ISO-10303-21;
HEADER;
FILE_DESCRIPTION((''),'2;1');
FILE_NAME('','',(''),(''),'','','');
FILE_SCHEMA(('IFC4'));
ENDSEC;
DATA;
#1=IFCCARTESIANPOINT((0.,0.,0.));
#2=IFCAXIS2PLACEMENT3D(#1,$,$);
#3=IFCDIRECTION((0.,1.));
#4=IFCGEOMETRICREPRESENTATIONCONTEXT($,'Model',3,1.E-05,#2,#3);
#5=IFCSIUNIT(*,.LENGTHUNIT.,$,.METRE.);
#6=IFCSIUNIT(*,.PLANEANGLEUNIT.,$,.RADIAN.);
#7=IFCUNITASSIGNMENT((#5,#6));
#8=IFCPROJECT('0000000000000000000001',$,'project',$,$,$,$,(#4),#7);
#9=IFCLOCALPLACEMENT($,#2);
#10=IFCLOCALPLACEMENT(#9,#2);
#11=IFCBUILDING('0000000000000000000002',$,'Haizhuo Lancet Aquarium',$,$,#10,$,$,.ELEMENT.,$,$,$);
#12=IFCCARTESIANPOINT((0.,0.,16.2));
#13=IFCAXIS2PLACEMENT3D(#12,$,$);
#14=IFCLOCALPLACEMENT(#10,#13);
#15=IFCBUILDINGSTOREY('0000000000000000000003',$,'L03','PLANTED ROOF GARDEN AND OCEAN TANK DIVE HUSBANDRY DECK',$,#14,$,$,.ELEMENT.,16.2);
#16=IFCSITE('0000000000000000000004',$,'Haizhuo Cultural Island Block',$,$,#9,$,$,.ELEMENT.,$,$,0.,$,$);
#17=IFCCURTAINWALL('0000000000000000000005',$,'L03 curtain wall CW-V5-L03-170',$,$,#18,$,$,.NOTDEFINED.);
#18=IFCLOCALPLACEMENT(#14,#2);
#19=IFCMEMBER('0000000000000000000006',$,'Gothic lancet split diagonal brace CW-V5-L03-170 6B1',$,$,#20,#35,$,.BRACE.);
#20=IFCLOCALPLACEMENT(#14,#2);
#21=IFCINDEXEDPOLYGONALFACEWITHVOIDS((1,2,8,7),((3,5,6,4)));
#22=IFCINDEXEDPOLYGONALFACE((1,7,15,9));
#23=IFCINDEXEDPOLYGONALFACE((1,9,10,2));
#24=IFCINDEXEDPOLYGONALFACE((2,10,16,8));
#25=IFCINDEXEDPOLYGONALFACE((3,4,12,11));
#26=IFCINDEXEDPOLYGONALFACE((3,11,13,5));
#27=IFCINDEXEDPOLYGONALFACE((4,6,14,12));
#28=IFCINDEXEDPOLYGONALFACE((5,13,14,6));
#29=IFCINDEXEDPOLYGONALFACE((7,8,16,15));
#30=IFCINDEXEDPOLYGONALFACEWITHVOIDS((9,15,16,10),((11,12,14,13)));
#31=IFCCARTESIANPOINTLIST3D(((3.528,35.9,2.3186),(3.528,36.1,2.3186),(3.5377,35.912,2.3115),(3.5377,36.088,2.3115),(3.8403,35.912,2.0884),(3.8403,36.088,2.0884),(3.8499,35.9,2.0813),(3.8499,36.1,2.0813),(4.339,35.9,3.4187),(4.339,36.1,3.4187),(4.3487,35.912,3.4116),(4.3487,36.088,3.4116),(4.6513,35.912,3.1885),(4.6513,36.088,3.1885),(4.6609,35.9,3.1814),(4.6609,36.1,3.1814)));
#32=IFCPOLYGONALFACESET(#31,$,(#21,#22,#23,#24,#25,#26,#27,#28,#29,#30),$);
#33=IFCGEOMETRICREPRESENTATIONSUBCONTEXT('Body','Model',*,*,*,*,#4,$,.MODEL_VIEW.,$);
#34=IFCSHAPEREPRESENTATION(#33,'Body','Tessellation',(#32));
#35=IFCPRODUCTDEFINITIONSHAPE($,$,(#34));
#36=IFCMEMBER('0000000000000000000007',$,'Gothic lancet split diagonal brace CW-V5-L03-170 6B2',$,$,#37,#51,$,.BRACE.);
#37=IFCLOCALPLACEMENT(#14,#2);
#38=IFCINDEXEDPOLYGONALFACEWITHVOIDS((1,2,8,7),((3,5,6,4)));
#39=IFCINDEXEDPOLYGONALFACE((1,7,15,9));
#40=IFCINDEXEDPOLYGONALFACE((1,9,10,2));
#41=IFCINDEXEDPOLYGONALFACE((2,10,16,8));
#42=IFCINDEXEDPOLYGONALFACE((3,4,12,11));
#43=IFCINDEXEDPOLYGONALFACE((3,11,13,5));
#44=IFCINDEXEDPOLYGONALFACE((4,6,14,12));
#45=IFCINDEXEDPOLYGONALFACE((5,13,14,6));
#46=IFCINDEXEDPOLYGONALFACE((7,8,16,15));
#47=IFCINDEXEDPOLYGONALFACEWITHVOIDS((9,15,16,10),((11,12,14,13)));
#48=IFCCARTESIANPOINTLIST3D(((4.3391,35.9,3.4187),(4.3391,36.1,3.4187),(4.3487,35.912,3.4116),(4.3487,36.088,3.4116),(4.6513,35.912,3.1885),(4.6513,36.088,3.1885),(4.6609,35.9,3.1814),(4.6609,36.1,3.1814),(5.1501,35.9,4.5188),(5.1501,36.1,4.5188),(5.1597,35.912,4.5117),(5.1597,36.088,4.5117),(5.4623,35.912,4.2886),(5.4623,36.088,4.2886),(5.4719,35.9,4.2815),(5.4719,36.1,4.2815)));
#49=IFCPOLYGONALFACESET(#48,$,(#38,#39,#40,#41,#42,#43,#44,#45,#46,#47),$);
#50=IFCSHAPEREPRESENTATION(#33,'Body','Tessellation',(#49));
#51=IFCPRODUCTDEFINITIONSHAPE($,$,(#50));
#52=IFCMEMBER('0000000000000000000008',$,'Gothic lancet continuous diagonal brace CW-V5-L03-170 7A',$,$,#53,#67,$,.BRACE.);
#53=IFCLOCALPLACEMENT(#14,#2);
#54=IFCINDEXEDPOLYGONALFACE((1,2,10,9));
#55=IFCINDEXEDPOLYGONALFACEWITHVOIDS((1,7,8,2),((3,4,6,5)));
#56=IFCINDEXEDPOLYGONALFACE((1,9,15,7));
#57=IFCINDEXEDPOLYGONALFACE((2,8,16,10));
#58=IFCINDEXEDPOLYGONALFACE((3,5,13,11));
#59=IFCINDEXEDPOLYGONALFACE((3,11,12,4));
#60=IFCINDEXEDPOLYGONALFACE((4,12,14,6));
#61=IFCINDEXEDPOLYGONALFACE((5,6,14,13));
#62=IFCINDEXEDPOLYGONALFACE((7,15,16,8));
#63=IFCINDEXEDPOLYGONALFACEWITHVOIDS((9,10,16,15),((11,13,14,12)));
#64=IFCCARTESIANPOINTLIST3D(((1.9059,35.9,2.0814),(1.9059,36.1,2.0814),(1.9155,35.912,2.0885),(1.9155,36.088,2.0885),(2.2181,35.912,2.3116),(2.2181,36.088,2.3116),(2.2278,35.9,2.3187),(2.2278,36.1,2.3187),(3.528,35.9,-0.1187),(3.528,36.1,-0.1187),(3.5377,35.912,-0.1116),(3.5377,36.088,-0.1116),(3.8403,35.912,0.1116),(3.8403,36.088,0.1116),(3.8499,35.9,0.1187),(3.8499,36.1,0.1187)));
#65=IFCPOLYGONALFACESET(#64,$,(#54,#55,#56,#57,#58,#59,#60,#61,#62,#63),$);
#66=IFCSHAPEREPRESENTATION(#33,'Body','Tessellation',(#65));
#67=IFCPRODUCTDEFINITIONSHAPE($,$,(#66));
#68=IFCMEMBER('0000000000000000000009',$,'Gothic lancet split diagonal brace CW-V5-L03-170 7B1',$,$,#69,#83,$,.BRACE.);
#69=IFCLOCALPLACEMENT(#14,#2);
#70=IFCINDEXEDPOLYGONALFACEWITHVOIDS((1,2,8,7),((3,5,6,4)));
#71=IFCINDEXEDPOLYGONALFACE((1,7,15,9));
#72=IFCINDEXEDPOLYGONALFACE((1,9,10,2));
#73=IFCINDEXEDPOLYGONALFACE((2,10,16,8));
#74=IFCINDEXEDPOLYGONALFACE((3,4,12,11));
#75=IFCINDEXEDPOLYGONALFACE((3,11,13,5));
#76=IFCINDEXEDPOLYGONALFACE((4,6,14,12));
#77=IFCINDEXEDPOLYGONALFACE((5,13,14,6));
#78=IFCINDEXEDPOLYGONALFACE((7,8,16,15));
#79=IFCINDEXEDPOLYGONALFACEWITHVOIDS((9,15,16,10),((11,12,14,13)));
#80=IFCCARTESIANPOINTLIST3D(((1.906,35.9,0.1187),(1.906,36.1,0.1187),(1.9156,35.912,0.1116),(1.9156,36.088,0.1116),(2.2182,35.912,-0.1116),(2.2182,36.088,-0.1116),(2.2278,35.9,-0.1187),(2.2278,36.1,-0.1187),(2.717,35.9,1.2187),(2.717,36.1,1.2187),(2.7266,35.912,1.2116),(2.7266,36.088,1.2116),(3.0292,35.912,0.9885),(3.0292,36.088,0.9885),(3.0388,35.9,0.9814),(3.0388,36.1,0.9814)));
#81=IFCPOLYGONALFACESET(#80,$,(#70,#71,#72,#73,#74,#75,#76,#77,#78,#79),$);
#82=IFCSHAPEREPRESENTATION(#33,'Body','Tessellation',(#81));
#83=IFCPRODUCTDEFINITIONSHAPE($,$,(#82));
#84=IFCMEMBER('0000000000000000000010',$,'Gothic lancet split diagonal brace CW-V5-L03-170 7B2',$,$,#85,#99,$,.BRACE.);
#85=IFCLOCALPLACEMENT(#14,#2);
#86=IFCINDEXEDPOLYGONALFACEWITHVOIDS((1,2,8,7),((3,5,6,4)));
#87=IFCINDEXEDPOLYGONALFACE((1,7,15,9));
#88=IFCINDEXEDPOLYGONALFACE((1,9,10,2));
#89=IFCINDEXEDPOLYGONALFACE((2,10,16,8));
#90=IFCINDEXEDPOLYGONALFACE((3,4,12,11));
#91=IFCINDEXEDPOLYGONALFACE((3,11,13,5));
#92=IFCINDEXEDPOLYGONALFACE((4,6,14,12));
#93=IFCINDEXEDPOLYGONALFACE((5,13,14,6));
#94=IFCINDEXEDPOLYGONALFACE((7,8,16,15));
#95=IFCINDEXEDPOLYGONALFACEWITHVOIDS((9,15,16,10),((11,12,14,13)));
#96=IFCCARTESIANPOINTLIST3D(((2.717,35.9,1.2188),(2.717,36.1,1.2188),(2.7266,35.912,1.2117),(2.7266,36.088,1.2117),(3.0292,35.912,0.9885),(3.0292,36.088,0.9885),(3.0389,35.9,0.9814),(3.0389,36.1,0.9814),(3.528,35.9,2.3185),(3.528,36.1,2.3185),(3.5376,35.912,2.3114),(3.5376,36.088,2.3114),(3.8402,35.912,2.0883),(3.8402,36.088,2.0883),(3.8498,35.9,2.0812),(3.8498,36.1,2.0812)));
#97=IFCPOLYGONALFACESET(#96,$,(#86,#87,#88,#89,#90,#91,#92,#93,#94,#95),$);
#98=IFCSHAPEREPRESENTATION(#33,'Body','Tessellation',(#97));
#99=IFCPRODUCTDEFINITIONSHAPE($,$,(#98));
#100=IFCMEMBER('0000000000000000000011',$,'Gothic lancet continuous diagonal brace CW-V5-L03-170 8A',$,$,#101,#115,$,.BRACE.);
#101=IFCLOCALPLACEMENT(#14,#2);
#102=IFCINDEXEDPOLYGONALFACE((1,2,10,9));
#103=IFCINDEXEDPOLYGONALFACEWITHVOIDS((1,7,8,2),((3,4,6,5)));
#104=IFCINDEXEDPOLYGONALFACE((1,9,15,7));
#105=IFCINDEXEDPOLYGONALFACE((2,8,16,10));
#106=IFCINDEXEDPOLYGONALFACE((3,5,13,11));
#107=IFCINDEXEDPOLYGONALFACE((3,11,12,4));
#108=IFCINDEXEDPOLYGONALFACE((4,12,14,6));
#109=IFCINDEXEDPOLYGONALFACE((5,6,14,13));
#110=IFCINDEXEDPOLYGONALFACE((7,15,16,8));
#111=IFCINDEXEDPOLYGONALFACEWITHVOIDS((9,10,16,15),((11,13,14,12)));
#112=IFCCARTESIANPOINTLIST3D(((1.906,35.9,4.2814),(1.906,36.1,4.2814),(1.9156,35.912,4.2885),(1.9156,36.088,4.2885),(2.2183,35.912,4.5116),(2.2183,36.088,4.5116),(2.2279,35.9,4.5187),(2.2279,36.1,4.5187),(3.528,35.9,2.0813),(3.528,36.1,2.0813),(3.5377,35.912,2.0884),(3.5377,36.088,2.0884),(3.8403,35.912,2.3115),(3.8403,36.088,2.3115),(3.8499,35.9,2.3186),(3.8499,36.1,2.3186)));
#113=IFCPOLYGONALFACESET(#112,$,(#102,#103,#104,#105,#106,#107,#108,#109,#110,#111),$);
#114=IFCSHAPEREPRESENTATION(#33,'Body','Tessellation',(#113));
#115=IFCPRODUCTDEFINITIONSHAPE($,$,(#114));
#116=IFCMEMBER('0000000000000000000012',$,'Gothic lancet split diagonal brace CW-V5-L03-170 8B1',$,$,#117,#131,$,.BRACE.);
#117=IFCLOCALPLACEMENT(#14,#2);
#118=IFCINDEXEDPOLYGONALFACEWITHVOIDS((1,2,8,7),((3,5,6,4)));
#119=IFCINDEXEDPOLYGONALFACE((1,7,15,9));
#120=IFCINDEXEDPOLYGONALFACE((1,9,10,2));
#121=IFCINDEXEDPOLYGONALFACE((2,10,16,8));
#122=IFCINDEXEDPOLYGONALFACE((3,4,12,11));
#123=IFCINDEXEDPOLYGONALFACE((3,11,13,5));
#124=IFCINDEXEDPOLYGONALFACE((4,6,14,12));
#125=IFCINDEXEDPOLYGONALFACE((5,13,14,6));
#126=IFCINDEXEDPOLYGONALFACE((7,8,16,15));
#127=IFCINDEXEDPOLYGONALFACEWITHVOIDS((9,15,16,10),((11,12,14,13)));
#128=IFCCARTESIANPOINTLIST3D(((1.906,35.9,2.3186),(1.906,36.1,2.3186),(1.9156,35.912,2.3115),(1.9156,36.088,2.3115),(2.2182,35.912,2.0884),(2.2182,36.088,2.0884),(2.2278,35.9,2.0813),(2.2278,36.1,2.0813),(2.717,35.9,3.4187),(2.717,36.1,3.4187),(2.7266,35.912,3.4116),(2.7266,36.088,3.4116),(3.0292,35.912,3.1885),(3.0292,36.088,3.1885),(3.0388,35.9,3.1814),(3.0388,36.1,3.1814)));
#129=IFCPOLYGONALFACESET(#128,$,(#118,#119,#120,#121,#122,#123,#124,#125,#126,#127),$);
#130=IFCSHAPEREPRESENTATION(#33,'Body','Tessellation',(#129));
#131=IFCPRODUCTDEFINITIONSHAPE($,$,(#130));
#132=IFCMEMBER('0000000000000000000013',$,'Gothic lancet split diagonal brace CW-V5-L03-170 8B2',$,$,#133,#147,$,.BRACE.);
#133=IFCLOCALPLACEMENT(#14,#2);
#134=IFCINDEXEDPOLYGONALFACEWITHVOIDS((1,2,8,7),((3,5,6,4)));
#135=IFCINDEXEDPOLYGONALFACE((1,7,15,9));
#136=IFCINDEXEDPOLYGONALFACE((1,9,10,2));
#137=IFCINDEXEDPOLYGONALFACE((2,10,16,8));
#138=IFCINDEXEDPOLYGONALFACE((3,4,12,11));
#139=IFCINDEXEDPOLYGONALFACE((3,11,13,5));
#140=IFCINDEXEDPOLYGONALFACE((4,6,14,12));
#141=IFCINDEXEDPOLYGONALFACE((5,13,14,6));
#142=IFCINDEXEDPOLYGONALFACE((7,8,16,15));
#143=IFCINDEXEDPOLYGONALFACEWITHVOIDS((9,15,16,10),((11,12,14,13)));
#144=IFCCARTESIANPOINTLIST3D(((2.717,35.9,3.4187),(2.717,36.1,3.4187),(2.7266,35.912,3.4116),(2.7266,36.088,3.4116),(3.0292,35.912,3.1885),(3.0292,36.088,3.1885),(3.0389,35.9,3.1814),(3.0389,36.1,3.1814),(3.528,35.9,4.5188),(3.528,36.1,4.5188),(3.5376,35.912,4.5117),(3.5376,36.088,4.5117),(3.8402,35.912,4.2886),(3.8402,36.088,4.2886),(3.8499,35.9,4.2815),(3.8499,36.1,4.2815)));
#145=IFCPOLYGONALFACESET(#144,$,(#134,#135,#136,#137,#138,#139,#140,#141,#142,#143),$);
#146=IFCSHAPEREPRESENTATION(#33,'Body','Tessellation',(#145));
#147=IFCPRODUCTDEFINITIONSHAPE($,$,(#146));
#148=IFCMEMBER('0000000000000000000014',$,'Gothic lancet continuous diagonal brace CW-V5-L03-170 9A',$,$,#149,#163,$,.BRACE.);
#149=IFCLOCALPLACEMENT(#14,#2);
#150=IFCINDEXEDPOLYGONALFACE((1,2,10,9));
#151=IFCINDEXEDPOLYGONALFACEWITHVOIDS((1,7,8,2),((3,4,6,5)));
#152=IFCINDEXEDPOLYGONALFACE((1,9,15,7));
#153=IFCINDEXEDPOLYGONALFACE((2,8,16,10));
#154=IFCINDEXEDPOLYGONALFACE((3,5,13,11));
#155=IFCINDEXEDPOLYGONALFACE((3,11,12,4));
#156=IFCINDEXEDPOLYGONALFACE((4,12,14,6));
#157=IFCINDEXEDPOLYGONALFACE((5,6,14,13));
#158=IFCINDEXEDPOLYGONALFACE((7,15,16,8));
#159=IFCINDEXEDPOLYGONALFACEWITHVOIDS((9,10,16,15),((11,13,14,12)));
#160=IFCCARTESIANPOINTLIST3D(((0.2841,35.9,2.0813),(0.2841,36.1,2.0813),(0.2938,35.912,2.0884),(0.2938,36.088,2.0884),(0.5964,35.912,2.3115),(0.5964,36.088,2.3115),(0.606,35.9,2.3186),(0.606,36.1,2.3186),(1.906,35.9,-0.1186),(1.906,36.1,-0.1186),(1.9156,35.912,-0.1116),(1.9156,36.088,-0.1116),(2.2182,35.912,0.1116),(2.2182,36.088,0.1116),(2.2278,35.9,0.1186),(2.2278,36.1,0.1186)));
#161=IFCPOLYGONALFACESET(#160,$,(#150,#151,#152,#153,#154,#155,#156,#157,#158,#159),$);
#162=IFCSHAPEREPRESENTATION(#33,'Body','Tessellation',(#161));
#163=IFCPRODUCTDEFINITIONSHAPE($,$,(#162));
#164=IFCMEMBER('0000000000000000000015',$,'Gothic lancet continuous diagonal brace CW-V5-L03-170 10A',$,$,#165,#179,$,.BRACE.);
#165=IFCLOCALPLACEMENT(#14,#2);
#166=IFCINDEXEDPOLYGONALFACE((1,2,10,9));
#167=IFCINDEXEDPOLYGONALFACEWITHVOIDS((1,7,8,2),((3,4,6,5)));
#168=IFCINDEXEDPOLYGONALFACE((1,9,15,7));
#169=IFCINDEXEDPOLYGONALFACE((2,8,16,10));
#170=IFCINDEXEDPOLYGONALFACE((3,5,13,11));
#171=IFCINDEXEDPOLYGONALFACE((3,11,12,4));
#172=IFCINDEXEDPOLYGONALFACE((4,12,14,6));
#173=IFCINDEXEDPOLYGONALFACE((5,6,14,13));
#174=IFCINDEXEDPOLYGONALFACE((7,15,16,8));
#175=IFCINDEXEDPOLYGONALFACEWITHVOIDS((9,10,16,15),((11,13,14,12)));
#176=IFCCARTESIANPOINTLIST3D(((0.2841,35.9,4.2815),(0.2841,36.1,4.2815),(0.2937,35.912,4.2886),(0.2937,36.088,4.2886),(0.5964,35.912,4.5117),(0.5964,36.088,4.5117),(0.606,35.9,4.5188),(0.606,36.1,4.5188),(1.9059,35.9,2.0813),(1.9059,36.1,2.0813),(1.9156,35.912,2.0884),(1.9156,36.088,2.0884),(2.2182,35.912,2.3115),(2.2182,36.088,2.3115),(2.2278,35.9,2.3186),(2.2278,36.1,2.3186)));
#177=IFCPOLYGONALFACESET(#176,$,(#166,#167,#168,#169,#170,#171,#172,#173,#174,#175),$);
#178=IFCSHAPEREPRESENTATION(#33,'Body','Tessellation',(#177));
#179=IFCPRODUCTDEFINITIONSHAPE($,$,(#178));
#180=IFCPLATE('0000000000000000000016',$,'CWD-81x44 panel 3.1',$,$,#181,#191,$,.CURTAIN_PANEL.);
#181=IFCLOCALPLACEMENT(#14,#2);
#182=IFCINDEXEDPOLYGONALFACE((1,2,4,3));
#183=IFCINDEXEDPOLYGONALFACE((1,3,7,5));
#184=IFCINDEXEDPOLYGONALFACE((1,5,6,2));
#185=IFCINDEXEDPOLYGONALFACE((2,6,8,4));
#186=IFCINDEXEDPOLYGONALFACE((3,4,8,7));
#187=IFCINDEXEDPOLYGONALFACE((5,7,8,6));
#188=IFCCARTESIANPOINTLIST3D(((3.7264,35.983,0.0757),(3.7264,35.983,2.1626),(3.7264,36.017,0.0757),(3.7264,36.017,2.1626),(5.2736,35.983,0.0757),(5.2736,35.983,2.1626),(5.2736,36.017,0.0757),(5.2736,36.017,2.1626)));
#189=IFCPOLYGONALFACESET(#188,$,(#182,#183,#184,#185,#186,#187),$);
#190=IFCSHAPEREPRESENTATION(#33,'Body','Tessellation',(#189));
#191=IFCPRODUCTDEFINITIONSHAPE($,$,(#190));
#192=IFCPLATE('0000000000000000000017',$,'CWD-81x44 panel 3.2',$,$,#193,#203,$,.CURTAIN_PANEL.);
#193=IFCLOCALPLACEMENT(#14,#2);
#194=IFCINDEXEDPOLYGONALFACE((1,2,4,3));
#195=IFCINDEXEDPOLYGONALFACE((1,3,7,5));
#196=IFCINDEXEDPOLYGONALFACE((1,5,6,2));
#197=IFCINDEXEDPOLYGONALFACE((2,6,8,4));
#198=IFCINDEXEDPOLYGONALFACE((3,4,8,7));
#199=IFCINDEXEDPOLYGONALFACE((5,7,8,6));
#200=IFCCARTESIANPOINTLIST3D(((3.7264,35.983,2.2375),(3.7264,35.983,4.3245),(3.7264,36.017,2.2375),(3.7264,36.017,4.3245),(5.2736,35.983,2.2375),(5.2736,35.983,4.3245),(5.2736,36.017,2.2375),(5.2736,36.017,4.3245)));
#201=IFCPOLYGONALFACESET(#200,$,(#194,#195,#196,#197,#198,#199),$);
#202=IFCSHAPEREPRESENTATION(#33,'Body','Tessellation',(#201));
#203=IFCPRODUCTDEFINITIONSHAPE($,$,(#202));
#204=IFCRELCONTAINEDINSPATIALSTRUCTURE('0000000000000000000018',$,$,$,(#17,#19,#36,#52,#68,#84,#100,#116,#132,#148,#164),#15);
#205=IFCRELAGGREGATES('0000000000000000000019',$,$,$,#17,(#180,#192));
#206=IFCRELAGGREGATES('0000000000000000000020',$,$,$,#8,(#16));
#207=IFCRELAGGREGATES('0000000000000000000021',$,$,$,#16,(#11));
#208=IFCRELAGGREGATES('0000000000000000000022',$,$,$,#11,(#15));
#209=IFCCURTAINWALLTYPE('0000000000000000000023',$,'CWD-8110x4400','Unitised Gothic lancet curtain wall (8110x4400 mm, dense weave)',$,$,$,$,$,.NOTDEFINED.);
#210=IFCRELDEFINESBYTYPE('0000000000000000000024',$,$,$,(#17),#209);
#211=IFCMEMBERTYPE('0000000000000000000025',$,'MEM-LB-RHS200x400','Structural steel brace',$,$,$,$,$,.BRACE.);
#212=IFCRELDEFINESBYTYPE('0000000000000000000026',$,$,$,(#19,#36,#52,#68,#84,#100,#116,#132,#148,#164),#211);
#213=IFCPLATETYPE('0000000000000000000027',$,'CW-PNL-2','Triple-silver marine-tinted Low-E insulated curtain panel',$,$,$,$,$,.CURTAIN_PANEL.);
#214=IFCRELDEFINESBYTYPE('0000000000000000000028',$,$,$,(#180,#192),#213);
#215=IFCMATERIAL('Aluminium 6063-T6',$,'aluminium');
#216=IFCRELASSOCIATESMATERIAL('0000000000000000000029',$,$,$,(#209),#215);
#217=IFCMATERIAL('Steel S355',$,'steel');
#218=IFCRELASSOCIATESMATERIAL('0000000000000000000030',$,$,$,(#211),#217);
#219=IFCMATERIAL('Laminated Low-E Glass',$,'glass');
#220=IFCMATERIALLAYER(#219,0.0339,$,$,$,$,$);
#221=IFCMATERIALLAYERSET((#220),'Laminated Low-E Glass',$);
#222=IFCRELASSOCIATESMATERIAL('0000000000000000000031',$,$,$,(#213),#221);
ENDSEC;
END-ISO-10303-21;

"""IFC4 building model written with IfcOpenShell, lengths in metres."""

from ifc_helpers import new_model, si_unit, direction, frame, origin, origin_2d, place, context, subcontext, project, spatial, rectangle, hollow_rectangle, extrude, material, layer, layer_set, material_profile, profile_set, type_object, element, aggregate, save


model = new_model("IFC4")

# Units and contexts
model_context = context("Model", 3, precision=1e-05, world=origin(), true_north=direction((0.0, 1.0)))
body_context = subcontext(model_context, "Body", "Model", "MODEL_VIEW")
ifc_project = project(units=[si_unit("LENGTHUNIT", "METRE"), si_unit("PLANEANGLEUNIT", "RADIAN")], contexts=[model_context])

# Site, building, storey
site_placement = place(None, origin())
site = spatial("IfcSite", under=ifc_project, at=site_placement, Name="Haizhuo Cultural Island Block", CompositionType="ELEMENT", RefElevation=0.0)
building_placement = place(site_placement, origin())
building = spatial("IfcBuilding", under=site, at=building_placement, Name="Haizhuo Lancet Aquarium", CompositionType="ELEMENT")
storey_placement = place(building_placement, frame((0.0, 0.0, 16.2)))
storey = spatial("IfcBuildingStorey", under=building, at=storey_placement, Name="L03", Description="PLANTED ROOF GARDEN AND OCEAN TANK DIVE HUSBANDRY DECK", CompositionType="ELEMENT", Elevation=16.2)

# Curtain wall
ifc_material_1 = material(Name="Aluminium 6063-T6", Category="aluminium")
curtain_wall_type = type_object("IfcCurtainWallType", Name="CWD-8110x4400", Description="Unitised Gothic lancet curtain wall (8110x4400 mm, dense weave)", PredefinedType="NOTDEFINED", material=ifc_material_1)
curtain_wall_placement = place(storey_placement, origin())
curtain_wall = element("IfcCurtainWall", 1, at=curtain_wall_placement, inside=storey, type_object=curtain_wall_type, Name="L03 curtain wall CW-V5-L03-170", PredefinedType="NOTDEFINED")

# Members
ifc_material_2 = material(Name="Steel S355", Category="steel")
ifc_material_profile_1 = material_profile(ifc_material_2, hollow_rectangle(XDim=0.2, YDim=0.3999, WallThickness=0.012, at=origin_2d()), Name="RHS 200x400x12")
ifc_profile_set_1 = profile_set([ifc_material_profile_1], Name="Steel S355")
member_type_1 = type_object("IfcMemberType", Name="MEM-LB-RHS200x400", Description="Structural steel brace", PredefinedType="BRACE", material=ifc_profile_set_1)
for number, where, z_axis, x_axis, name in (
    (2, (3.689, 36.0, 2.2), (0.593406, 0.0, 0.804903), (0.0, 1.0, 0.0), "Gothic lancet split diagonal brace CW-V5-L03-170 6B1"),
    (3, (4.5, 36.0, 3.3), (0.593406, 0.0, 0.804903), (0.0, 1.0, 0.0), "Gothic lancet split diagonal brace CW-V5-L03-170 6B2"),
):
    element("IfcMember", number, at=place(storey_placement, frame(where, z_axis=z_axis, x_axis=x_axis)), inside=storey, type_object=member_type_1, Name=name, PredefinedType="BRACE", context=body_context, shape_type="SweptSolid", body=[
        extrude(hollow_rectangle(XDim=0.2, YDim=0.3999, WallThickness=0.012, at=origin_2d()), origin(), (0.0, 0.0, 1.0), 1.3667),
    ])
member_1_placement = place(storey_placement, frame((3.689, 36.0, 0.0), z_axis=(-0.593449, 0.0, 0.804872), x_axis=(0.0, -1.0, 0.0)))
element("IfcMember", 4, at=member_1_placement, inside=storey, type_object=member_type_1, Name="Gothic lancet continuous diagonal brace CW-V5-L03-170 7A", PredefinedType="BRACE", context=body_context, shape_type="SweptSolid", body=[
    extrude(hollow_rectangle(XDim=0.2, YDim=0.3999, WallThickness=0.012, at=origin_2d()), origin(), (0.0, 0.0, 1.0), 2.7334),
])
member_2_placement = place(storey_placement, frame((2.0669, 36.0, 0.0), z_axis=(0.593406, 0.0, 0.804903), x_axis=(0.0, 1.0, 0.0)))
element("IfcMember", 5, at=member_2_placement, inside=storey, type_object=member_type_1, Name="Gothic lancet split diagonal brace CW-V5-L03-170 7B1", PredefinedType="BRACE", context=body_context, shape_type="SweptSolid", body=[
    extrude(hollow_rectangle(XDim=0.2, YDim=0.3999, WallThickness=0.012, at=origin_2d()), origin(), (0.0, 0.0, 1.0), 1.3667),
])
member_3_placement = place(storey_placement, frame((2.8779, 36.0, 1.1001), z_axis=(0.593492, 0.0, 0.80484), x_axis=(0.0, 1.0, 0.0)))
element("IfcMember", 6, at=member_3_placement, inside=storey, type_object=member_type_1, Name="Gothic lancet split diagonal brace CW-V5-L03-170 7B2", PredefinedType="BRACE", context=body_context, shape_type="SweptSolid", body=[
    extrude(hollow_rectangle(XDim=0.2, YDim=0.3999, WallThickness=0.012, at=origin_2d()), origin(), (0.0, 0.0, 1.0), 1.3665),
])
member_4_placement = place(storey_placement, frame((3.689, 36.0, 2.2), z_axis=(-0.593406, 0.0, 0.804903), x_axis=(0.0, -1.0, 0.0)))
element("IfcMember", 7, at=member_4_placement, inside=storey, type_object=member_type_1, Name="Gothic lancet continuous diagonal brace CW-V5-L03-170 8A", PredefinedType="BRACE", context=body_context, shape_type="SweptSolid", body=[
    extrude(hollow_rectangle(XDim=0.2, YDim=0.3999, WallThickness=0.012, at=origin_2d()), origin(), (0.0, 0.0, 1.0), 2.7334),
])
for number, where, z_axis, x_axis, name in (
    (8, (2.0669, 36.0, 2.2), (0.593406, 0.0, 0.804903), (0.0, 1.0, 0.0), "Gothic lancet split diagonal brace CW-V5-L03-170 8B1"),
    (9, (2.8779, 36.0, 3.3), (0.593406, 0.0, 0.804903), (0.0, 1.0, 0.0), "Gothic lancet split diagonal brace CW-V5-L03-170 8B2"),
):
    element("IfcMember", number, at=place(storey_placement, frame(where, z_axis=z_axis, x_axis=x_axis)), inside=storey, type_object=member_type_1, Name=name, PredefinedType="BRACE", context=body_context, shape_type="SweptSolid", body=[
        extrude(hollow_rectangle(XDim=0.2, YDim=0.3999, WallThickness=0.012, at=origin_2d()), origin(), (0.0, 0.0, 1.0), 1.3667),
    ])
member_5_placement = place(storey_placement, frame((2.0669, 36.0, 0.0), z_axis=(-0.593391, 0.0, 0.804914), x_axis=(0.0, -1.0, 0.0)))
element("IfcMember", 10, at=member_5_placement, inside=storey, type_object=member_type_1, Name="Gothic lancet continuous diagonal brace CW-V5-L03-170 9A", PredefinedType="BRACE", context=body_context, shape_type="SweptSolid", body=[
    extrude(hollow_rectangle(XDim=0.2, YDim=0.3999, WallThickness=0.012, at=origin_2d()), origin(), (0.0, 0.0, 1.0), 2.7332),
])
member_6_placement = place(storey_placement, frame((2.0669, 36.0, 2.2), z_axis=(-0.593348, 0.0, 0.804946), x_axis=(0.0, -1.0, 0.0)))
element("IfcMember", 11, at=member_6_placement, inside=storey, type_object=member_type_1, Name="Gothic lancet continuous diagonal brace CW-V5-L03-170 10A", PredefinedType="BRACE", context=body_context, shape_type="SweptSolid", body=[
    extrude(hollow_rectangle(XDim=0.2, YDim=0.3999, WallThickness=0.012, at=origin_2d()), origin(), (0.0, 0.0, 1.0), 2.7334),
])

# Plates
ifc_material_3 = material(Name="Laminated Low-E Glass", Category="glass")
ifc_layer = layer(ifc_material_3, 0.0339)
ifc_layer_set = layer_set([ifc_layer], Name="Laminated Low-E Glass")
plate_type = type_object("IfcPlateType", Name="CW-PNL-2", Description="Triple-silver marine-tinted Low-E insulated curtain panel", PredefinedType="CURTAIN_PANEL", material=ifc_layer_set)
plate_1_placement = place(storey_placement, frame((4.5, 36.0, 0.0757), z_axis=(0.0, 0.0, 1.0), x_axis=(-1.0, 0.0, 0.0)))
plate_1 = element("IfcPlate", 12, at=plate_1_placement, type_object=plate_type, Name="CWD-81x44 panel 3.1", PredefinedType="CURTAIN_PANEL", context=body_context, shape_type="SweptSolid", body=[
    extrude(rectangle(XDim=1.5471, YDim=0.0339, at=origin_2d()), origin(), (0.0, 0.0, 1.0), 2.0869),
])
plate_2_placement = place(storey_placement, frame((4.5, 36.0, 2.2375), z_axis=(0.0, 0.0, 1.0), x_axis=(-1.0, 0.0, 0.0)))
plate_2 = element("IfcPlate", 13, at=plate_2_placement, type_object=plate_type, Name="CWD-81x44 panel 3.2", PredefinedType="CURTAIN_PANEL", context=body_context, shape_type="SweptSolid", body=[
    extrude(rectangle(XDim=1.5471, YDim=0.0339, at=origin_2d()), origin(), (0.0, 0.0, 1.0), 2.0869),
])
aggregate(curtain_wall, [plate_1, plate_2])

save(model, "model.ifc")
